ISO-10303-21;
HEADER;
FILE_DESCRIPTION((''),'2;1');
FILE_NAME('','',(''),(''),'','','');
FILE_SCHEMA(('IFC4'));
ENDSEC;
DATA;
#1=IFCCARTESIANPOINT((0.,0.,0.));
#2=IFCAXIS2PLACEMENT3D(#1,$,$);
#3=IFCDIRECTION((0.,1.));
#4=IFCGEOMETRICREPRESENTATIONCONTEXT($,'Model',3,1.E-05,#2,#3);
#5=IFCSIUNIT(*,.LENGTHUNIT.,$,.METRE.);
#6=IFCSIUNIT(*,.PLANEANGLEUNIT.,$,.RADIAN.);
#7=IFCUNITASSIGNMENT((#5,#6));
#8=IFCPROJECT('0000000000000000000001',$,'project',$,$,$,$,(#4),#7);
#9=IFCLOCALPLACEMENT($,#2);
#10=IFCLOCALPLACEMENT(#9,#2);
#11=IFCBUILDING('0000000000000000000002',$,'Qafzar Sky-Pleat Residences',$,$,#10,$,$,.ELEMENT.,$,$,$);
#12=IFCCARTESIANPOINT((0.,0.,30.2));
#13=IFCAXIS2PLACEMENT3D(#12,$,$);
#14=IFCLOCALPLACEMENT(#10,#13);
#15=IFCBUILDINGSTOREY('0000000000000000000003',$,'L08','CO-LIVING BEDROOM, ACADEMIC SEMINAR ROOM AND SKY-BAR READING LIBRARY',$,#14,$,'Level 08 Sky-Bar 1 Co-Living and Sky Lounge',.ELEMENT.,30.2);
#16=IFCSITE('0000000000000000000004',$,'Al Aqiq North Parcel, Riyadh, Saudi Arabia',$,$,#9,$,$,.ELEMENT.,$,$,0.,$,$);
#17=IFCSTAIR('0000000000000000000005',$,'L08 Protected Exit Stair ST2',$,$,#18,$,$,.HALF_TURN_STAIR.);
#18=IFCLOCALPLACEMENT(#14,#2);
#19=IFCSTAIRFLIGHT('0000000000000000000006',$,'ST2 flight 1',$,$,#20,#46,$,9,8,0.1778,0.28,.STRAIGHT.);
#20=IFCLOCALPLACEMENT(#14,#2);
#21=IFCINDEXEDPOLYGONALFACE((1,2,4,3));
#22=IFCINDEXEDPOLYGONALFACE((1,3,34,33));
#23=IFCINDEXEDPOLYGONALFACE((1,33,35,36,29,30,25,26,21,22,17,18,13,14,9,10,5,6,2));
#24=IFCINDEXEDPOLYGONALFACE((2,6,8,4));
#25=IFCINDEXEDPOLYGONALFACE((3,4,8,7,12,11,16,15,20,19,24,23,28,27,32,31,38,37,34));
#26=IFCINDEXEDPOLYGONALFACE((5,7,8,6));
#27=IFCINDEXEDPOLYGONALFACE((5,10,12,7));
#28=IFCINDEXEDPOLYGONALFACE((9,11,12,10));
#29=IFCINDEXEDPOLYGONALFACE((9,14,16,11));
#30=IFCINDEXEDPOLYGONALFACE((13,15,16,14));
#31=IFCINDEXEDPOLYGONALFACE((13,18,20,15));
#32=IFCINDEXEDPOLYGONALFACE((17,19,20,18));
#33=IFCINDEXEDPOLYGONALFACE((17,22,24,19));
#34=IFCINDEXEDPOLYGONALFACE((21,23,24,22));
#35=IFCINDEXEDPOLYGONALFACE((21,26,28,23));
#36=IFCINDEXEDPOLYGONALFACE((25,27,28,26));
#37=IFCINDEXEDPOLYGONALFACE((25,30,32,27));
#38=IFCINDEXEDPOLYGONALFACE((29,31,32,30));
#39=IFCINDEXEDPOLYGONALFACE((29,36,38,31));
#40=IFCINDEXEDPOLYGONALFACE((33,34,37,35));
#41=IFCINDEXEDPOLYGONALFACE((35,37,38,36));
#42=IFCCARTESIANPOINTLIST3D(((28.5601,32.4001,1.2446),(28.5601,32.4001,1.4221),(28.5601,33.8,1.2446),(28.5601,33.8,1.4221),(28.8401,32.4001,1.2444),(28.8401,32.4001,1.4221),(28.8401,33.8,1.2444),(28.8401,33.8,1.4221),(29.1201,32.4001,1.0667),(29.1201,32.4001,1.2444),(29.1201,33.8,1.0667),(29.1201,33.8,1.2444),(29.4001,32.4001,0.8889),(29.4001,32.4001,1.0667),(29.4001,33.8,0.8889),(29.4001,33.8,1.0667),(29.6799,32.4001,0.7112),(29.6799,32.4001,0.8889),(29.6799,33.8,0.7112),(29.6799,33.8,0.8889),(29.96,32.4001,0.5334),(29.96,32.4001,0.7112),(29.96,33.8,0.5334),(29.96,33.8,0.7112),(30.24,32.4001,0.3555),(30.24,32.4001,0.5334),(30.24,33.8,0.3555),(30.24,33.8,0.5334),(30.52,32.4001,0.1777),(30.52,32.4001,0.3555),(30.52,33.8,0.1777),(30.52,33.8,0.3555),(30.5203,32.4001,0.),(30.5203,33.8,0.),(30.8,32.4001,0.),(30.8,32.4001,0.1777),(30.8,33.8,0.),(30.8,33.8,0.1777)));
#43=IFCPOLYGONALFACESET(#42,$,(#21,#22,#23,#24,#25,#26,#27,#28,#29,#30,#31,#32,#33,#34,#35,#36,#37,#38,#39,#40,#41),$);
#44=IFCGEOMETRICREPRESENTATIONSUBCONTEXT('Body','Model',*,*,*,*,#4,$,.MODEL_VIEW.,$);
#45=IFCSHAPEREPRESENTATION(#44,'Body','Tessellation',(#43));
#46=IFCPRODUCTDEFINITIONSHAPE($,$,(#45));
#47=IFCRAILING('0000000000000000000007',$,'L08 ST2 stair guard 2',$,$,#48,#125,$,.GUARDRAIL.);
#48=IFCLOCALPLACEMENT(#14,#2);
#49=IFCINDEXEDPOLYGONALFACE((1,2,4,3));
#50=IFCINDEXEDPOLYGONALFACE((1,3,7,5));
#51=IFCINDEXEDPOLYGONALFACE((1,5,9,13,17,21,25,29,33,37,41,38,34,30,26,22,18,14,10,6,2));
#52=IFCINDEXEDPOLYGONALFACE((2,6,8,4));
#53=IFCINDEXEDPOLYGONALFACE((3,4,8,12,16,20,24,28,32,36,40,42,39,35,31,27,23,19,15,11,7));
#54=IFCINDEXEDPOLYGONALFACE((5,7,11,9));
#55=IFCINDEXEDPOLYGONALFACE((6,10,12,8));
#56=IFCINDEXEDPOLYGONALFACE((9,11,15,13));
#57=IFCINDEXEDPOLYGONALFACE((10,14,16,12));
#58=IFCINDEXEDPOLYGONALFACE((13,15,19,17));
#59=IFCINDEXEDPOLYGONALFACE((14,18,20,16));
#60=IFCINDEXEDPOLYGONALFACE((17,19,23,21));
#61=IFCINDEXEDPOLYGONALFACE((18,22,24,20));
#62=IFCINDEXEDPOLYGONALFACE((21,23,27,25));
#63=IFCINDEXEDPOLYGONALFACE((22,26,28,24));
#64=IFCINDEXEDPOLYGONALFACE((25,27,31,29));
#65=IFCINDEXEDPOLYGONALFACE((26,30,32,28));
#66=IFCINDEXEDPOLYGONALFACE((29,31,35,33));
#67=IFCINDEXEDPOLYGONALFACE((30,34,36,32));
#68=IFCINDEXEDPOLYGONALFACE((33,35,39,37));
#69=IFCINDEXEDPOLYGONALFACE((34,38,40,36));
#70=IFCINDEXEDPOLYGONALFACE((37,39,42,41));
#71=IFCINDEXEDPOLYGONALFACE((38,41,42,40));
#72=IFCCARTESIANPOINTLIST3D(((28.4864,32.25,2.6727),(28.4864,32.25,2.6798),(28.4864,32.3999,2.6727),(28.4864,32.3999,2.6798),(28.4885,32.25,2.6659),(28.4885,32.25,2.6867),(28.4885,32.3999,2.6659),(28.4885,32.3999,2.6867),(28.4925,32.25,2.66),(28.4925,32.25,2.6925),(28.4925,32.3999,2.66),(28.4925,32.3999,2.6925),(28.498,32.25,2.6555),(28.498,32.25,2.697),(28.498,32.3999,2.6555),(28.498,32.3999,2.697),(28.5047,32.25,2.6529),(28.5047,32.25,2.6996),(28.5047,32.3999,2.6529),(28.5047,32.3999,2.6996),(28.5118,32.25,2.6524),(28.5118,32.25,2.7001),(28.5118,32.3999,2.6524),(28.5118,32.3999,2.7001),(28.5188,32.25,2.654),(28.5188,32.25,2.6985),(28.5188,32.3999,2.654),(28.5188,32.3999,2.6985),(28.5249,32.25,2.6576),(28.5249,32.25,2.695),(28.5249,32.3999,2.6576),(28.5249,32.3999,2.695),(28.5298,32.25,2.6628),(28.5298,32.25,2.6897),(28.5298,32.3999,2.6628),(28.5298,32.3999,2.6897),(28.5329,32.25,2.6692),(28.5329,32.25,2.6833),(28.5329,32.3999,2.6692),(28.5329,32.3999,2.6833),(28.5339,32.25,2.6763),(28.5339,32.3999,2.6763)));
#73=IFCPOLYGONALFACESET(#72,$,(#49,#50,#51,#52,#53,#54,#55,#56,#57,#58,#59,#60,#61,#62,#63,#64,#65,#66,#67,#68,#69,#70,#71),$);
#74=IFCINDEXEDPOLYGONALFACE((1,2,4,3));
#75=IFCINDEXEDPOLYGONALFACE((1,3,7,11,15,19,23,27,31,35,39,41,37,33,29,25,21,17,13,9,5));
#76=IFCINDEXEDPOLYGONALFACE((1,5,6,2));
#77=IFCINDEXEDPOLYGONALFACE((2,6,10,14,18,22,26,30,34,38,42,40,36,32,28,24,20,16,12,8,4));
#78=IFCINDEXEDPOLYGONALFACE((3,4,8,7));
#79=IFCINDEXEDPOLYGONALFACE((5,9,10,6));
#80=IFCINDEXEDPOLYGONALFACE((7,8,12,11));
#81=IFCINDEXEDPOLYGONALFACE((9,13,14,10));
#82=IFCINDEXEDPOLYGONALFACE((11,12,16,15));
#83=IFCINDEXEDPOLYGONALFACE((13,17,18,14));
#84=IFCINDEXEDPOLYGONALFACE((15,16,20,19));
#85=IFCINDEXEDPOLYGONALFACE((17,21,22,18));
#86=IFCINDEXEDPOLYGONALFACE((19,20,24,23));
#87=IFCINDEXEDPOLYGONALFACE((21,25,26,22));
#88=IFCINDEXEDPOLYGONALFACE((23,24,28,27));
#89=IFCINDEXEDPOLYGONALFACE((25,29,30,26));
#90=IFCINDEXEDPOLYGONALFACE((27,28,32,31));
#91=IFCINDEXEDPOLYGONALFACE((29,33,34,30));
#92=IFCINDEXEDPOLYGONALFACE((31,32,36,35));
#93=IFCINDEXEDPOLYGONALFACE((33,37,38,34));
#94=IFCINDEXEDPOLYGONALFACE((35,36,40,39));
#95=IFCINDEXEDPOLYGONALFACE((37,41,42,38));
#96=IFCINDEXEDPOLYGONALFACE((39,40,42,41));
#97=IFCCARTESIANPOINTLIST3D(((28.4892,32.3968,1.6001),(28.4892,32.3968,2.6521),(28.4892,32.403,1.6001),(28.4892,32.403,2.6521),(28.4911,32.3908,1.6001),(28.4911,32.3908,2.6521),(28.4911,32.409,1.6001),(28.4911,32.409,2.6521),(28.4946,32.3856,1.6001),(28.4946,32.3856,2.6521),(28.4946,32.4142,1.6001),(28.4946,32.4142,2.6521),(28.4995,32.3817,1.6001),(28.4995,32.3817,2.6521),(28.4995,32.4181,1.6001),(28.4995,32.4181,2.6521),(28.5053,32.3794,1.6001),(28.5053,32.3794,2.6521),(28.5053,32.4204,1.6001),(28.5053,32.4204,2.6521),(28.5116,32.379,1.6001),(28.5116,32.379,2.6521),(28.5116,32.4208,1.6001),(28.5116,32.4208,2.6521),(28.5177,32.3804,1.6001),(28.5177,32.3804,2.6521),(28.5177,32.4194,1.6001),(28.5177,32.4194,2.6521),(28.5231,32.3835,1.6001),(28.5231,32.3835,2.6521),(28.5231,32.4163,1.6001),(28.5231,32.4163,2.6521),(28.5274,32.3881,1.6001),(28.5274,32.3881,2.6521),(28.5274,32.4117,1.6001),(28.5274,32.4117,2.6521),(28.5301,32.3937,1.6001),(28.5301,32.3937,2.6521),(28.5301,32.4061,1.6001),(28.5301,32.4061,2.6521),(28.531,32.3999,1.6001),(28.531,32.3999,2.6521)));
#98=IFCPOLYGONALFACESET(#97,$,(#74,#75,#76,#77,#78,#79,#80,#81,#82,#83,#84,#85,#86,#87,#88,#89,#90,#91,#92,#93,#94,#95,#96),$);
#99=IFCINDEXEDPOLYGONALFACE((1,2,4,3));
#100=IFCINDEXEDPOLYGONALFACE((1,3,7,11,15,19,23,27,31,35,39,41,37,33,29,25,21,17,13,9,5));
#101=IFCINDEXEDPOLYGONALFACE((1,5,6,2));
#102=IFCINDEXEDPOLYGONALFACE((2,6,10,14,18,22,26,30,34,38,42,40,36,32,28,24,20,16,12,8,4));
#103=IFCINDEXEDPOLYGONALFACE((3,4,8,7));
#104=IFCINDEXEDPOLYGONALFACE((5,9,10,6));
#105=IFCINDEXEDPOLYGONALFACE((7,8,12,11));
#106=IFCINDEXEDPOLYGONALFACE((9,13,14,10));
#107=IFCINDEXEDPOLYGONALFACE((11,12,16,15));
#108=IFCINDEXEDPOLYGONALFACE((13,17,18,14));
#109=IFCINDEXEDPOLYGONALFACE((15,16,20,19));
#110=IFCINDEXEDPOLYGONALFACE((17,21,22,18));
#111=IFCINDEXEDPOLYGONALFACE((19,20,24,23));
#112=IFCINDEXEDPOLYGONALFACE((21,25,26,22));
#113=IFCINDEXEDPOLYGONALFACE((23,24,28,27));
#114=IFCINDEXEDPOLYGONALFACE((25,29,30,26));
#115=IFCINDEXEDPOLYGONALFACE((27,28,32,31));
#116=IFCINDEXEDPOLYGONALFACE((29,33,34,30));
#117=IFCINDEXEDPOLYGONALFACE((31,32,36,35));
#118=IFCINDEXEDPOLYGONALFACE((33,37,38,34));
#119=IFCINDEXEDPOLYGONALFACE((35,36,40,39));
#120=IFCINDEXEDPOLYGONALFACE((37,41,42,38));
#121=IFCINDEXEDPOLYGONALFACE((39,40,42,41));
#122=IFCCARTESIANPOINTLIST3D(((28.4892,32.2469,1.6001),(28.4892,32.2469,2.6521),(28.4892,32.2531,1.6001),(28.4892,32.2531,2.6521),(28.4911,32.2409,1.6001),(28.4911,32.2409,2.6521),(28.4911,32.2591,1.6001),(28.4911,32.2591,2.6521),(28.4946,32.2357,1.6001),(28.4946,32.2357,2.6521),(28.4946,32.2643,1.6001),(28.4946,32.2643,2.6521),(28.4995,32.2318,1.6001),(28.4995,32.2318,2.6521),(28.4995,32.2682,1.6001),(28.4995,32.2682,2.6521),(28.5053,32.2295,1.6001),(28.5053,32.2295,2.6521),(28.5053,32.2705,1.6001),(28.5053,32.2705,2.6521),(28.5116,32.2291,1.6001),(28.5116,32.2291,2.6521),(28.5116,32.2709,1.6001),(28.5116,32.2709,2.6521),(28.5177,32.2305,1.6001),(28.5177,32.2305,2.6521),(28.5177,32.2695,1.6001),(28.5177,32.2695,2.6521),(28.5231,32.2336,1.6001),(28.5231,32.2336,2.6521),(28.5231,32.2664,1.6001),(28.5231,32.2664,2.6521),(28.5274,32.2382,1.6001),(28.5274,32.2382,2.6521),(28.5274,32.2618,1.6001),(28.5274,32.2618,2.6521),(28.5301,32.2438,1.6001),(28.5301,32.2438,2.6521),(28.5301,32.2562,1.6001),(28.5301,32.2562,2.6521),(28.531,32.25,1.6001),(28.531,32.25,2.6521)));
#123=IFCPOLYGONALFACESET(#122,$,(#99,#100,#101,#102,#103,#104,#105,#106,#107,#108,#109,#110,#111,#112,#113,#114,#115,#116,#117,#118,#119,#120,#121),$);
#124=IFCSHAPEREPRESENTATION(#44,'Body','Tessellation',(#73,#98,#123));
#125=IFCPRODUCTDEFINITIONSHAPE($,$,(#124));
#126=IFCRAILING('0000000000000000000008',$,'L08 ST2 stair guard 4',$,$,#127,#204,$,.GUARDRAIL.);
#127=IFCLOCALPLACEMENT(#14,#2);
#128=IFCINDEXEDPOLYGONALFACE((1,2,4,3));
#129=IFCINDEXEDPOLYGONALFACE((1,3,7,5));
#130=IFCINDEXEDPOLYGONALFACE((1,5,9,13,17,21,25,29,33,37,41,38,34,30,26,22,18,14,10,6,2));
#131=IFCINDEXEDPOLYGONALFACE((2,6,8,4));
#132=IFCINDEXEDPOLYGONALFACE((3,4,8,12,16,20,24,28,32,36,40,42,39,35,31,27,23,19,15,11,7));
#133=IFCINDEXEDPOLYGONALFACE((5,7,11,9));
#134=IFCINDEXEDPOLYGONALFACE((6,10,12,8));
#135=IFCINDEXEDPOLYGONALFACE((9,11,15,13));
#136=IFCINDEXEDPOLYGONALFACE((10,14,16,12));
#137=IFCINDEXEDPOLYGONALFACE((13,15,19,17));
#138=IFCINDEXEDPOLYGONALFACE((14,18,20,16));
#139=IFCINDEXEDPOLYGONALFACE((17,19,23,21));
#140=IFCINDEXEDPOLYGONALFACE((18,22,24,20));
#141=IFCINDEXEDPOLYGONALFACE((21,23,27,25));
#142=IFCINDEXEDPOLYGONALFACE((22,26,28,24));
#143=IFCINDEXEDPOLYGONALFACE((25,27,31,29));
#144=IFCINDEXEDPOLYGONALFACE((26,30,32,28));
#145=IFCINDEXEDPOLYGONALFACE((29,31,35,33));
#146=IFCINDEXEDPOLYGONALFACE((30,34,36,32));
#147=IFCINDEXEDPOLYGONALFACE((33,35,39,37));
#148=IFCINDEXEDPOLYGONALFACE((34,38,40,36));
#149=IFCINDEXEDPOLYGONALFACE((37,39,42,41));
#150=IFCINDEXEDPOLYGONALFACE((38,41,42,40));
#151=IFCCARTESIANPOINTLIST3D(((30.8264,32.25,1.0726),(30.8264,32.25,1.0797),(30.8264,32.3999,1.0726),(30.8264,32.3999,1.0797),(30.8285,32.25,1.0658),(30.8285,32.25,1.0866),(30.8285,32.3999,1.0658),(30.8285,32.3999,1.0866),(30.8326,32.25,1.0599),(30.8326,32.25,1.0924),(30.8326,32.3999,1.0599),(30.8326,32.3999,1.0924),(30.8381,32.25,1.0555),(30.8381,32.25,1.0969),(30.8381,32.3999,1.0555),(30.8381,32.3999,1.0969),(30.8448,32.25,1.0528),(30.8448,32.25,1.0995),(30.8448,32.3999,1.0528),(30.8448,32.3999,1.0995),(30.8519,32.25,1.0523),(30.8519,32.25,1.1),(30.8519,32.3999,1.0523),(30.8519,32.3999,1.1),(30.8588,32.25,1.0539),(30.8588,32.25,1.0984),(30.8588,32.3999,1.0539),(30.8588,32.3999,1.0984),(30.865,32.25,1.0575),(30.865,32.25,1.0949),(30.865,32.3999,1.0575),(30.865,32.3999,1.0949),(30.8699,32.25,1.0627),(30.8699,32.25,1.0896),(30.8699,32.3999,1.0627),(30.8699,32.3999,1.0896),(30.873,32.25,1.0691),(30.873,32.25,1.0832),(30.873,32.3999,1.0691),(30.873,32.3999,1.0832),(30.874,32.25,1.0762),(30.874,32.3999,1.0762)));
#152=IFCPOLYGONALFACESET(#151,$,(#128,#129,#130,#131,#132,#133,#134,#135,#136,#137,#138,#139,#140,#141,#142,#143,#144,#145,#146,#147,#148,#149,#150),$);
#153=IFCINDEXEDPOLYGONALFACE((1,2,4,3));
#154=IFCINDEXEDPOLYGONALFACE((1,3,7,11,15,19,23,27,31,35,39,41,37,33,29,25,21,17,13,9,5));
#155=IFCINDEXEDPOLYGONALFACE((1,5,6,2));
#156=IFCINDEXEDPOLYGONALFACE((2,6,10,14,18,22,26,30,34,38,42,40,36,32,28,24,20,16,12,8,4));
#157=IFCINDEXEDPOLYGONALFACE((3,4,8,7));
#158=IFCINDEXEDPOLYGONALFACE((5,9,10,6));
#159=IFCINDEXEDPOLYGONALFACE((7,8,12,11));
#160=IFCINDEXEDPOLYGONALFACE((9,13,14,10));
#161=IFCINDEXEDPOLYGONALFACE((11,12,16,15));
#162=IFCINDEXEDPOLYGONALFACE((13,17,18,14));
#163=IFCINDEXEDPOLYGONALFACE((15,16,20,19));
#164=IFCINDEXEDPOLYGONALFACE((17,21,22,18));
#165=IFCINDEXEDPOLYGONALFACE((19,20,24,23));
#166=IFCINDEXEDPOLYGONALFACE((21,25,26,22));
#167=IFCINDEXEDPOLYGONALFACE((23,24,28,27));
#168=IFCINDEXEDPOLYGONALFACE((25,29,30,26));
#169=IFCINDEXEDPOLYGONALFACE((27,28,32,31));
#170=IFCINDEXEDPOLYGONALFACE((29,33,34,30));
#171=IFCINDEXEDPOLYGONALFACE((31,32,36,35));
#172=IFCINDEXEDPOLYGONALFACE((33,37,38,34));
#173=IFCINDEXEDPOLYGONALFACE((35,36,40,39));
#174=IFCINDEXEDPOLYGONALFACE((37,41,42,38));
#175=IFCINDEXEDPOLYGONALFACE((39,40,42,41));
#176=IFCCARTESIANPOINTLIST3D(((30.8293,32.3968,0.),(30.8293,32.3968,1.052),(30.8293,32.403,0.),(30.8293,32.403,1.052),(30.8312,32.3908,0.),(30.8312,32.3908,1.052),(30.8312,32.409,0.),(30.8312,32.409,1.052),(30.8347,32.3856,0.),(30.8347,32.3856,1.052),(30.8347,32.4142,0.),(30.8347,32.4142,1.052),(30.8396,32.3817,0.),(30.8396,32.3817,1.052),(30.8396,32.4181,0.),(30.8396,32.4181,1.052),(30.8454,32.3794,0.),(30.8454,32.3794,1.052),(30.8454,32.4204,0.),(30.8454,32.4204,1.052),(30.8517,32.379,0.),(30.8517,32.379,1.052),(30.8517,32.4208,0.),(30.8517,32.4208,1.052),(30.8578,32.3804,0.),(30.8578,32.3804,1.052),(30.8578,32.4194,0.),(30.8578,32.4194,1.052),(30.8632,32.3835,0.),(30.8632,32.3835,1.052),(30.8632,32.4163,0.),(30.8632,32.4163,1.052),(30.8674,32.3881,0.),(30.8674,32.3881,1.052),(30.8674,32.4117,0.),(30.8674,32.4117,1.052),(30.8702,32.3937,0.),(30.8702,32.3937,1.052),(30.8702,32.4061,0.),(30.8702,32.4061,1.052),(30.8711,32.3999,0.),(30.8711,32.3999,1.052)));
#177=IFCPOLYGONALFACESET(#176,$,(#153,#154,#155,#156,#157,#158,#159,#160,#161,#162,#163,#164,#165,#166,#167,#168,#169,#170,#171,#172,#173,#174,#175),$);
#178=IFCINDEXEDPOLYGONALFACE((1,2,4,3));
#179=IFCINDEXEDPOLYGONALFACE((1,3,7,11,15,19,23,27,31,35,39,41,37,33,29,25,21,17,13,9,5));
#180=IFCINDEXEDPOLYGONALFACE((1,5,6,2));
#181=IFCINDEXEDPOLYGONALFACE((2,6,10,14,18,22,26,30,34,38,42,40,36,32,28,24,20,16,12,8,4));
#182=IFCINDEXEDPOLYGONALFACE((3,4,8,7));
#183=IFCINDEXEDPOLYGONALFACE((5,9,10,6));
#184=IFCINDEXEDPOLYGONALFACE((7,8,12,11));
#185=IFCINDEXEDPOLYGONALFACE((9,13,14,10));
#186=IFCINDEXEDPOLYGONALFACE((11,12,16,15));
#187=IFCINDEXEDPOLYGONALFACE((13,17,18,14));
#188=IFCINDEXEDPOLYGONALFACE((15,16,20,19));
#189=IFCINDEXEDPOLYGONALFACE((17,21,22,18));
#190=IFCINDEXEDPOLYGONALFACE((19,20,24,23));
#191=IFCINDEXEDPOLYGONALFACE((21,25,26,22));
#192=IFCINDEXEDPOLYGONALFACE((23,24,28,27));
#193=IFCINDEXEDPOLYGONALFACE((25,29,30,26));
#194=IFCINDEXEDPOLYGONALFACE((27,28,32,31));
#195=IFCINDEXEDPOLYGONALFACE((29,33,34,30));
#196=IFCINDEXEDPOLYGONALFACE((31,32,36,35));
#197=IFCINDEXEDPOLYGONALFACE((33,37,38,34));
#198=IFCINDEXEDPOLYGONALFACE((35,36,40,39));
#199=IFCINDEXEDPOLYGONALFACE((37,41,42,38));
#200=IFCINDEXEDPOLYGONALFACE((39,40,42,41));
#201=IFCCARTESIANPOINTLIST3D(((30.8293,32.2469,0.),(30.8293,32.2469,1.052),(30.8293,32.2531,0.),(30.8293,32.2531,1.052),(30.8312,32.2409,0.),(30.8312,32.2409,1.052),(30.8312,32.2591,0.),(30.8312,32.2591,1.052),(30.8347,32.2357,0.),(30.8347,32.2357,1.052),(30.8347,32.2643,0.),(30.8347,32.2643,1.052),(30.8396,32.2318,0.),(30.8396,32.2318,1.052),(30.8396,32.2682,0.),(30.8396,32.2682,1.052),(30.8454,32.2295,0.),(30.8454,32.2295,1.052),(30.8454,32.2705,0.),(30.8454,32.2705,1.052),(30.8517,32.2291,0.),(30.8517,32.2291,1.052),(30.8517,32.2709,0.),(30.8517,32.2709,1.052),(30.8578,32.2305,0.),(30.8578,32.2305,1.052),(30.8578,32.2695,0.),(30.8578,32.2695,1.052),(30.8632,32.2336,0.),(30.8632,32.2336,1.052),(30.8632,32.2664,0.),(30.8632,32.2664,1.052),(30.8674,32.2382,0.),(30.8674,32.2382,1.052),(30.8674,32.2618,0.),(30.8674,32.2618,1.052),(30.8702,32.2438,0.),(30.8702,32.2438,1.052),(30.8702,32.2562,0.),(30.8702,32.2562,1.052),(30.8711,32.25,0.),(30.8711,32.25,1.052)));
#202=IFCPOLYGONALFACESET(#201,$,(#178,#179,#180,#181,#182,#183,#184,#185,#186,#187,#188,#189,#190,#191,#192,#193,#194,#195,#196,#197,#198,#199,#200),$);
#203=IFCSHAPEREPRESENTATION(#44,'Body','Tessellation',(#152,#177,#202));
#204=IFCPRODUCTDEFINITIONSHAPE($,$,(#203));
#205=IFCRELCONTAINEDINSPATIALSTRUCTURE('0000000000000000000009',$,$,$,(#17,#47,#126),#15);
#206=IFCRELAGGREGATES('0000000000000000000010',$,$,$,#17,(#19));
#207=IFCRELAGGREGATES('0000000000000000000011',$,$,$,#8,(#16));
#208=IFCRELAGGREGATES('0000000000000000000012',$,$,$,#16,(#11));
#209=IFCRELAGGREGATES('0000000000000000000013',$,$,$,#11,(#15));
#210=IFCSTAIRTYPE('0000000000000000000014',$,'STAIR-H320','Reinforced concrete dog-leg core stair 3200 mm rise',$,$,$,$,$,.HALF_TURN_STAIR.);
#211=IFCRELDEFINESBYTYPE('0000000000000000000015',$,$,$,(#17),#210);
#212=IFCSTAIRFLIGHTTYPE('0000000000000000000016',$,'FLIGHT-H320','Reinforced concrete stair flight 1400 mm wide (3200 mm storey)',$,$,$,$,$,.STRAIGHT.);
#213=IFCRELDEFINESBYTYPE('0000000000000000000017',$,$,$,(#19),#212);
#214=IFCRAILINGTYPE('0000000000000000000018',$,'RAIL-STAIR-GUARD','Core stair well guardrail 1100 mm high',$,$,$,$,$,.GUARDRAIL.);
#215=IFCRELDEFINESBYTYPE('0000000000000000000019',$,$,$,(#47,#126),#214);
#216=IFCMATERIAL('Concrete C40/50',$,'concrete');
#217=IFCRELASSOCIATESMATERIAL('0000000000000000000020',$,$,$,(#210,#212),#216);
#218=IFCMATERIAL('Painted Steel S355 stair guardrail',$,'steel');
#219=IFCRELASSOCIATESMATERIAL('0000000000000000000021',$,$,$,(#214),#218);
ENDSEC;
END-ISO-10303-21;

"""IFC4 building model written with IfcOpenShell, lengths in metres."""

from ifc_helpers import new_model, si_unit, direction, frame, origin, origin_2d, place, context, subcontext, project, spatial, polyline, circle, outline, extrude, source, transform, mapped, material, type_object, element, aggregate, save


model = new_model("IFC4")

# Units and contexts
model_context = context("Model", 3, precision=1e-05, world=origin(), true_north=direction((0.0, 1.0)))
body_context = subcontext(model_context, "Body", "Model", "MODEL_VIEW")
ifc_project = project(units=[si_unit("LENGTHUNIT", "METRE"), si_unit("PLANEANGLEUNIT", "RADIAN")], contexts=[model_context])

# Site, building, storey
site_placement = place(None, origin())
site = spatial("IfcSite", under=ifc_project, at=site_placement, Name="Al Aqiq North Parcel, Riyadh, Saudi Arabia", CompositionType="ELEMENT", RefElevation=0.0)
building_placement = place(site_placement, origin())
building = spatial("IfcBuilding", under=site, at=building_placement, Name="Qafzar Sky-Pleat Residences", CompositionType="ELEMENT")
storey_placement = place(building_placement, frame((0.0, 0.0, 30.2)))
storey = spatial("IfcBuildingStorey", under=building, at=storey_placement, Name="L08", Description="CO-LIVING BEDROOM, ACADEMIC SEMINAR ROOM AND SKY-BAR READING LIBRARY", LongName="Level 08 Sky-Bar 1 Co-Living and Sky Lounge", CompositionType="ELEMENT", Elevation=30.2)

# Stair, stair flight
ifc_material_1 = material(Name="Concrete C40/50", Category="concrete")
stair_type = type_object("IfcStairType", Name="STAIR-H320", Description="Reinforced concrete dog-leg core stair 3200 mm rise", PredefinedType="HALF_TURN_STAIR", material=ifc_material_1)
stair_placement = place(storey_placement, origin())
stair = element("IfcStair", 1, at=stair_placement, inside=storey, type_object=stair_type, Name="L08 Protected Exit Stair ST2", PredefinedType="HALF_TURN_STAIR")
stair_flight_type = type_object("IfcStairFlightType", Name="FLIGHT-H320", Description="Reinforced concrete stair flight 1400 mm wide (3200 mm storey)", PredefinedType="STRAIGHT", material=ifc_material_1)
shared_shape_1 = source(origin(), body_context, "Body", "SweptSolid", [
    extrude(outline(polyline([(0.0, 0.0), (0.0, 0.1777), (0.28, 0.1777), (0.28, 0.3555), (0.5601, 0.3555), (0.5601, 0.5334), (0.8401, 0.5334), (0.8401, 0.7112), (1.1201, 0.7112), (1.1201, 0.8889), (1.3999, 0.8889), (1.3999, 1.0667), (1.6799, 1.0667), (1.6799, 1.2444), (1.96, 1.2444), (1.96, 1.4221), (2.24, 1.4221), (2.24, 1.6001), (2.24, 1.2446), (0.2798, 0.0), (0.0, 0.0)])), frame((0.0, 0.7, 0.0), z_axis=(0.0, -1.0, 0.0), x_axis=(1.0, 0.0, 0.0)), (0.0, 0.0, 1.0), 1.3999),
])
stair_flight_placement = place(storey_placement, frame((30.8, 33.1001, 0.0), z_axis=(0.0, 0.0, 1.0), x_axis=(-1.0, 0.0, 0.0)))
stair_flight = element("IfcStairFlight", 2, at=stair_flight_placement, type_object=stair_flight_type, Name="ST2 flight 1", NumberOfRisers=9, NumberOfTreads=8, PredefinedType="STRAIGHT", RiserHeight=0.1778, TreadLength=0.28, context=body_context, shape_type="MappedRepresentation", body=[
    mapped(shared_shape_1, transform((0.0, 0.0, 0.0), x_axis=(1.0, 0.0, 0.0), y_axis=(0.0, 1.0, 0.0), z_axis=(0.0, 0.0, 1.0), scale=1.0)),
])
aggregate(stair, [stair_flight])

# Railings
ifc_material_2 = material(Name="Painted Steel S355 stair guardrail", Category="steel")
railing_type_1 = type_object("IfcRailingType", Name="RAIL-STAIR-GUARD", Description="Core stair well guardrail 1100 mm high", PredefinedType="GUARDRAIL", material=ifc_material_2)
shared_shape_2 = source(origin(), body_context, "Body", "SweptSolid", [
    extrude(circle(Radius=0.0239, at=origin_2d()), frame((0.0, 0.0, 1.0762), z_axis=(0.0, -1.0, 0.0), x_axis=(1.0, 0.0, 0.0)), (0.0, 0.0, 1.0), 0.1499),
    extrude(circle(Radius=0.021, at=origin_2d()), origin(), (0.0, 0.0, 1.0), 1.052),
    extrude(circle(Radius=0.021, at=origin_2d()), frame((0.0, -0.1499, 0.0)), (0.0, 0.0, 1.0), 1.052),
])
for number, where, name in (
    (3, (28.51, 32.3999, 1.6001), "L08 ST2 stair guard 2"),
    (4, (30.8501, 32.3999, 0.0), "L08 ST2 stair guard 4"),
):
    element("IfcRailing", number, at=place(storey_placement, frame(where)), inside=storey, type_object=railing_type_1, Name=name, PredefinedType="GUARDRAIL", context=body_context, shape_type="MappedRepresentation", body=[
        mapped(shared_shape_2, transform((0.0, 0.0, 0.0), x_axis=(1.0, 0.0, 0.0), y_axis=(0.0, 1.0, 0.0), z_axis=(0.0, 0.0, 1.0), scale=1.0)),
    ])

save(model, "model.ifc")
